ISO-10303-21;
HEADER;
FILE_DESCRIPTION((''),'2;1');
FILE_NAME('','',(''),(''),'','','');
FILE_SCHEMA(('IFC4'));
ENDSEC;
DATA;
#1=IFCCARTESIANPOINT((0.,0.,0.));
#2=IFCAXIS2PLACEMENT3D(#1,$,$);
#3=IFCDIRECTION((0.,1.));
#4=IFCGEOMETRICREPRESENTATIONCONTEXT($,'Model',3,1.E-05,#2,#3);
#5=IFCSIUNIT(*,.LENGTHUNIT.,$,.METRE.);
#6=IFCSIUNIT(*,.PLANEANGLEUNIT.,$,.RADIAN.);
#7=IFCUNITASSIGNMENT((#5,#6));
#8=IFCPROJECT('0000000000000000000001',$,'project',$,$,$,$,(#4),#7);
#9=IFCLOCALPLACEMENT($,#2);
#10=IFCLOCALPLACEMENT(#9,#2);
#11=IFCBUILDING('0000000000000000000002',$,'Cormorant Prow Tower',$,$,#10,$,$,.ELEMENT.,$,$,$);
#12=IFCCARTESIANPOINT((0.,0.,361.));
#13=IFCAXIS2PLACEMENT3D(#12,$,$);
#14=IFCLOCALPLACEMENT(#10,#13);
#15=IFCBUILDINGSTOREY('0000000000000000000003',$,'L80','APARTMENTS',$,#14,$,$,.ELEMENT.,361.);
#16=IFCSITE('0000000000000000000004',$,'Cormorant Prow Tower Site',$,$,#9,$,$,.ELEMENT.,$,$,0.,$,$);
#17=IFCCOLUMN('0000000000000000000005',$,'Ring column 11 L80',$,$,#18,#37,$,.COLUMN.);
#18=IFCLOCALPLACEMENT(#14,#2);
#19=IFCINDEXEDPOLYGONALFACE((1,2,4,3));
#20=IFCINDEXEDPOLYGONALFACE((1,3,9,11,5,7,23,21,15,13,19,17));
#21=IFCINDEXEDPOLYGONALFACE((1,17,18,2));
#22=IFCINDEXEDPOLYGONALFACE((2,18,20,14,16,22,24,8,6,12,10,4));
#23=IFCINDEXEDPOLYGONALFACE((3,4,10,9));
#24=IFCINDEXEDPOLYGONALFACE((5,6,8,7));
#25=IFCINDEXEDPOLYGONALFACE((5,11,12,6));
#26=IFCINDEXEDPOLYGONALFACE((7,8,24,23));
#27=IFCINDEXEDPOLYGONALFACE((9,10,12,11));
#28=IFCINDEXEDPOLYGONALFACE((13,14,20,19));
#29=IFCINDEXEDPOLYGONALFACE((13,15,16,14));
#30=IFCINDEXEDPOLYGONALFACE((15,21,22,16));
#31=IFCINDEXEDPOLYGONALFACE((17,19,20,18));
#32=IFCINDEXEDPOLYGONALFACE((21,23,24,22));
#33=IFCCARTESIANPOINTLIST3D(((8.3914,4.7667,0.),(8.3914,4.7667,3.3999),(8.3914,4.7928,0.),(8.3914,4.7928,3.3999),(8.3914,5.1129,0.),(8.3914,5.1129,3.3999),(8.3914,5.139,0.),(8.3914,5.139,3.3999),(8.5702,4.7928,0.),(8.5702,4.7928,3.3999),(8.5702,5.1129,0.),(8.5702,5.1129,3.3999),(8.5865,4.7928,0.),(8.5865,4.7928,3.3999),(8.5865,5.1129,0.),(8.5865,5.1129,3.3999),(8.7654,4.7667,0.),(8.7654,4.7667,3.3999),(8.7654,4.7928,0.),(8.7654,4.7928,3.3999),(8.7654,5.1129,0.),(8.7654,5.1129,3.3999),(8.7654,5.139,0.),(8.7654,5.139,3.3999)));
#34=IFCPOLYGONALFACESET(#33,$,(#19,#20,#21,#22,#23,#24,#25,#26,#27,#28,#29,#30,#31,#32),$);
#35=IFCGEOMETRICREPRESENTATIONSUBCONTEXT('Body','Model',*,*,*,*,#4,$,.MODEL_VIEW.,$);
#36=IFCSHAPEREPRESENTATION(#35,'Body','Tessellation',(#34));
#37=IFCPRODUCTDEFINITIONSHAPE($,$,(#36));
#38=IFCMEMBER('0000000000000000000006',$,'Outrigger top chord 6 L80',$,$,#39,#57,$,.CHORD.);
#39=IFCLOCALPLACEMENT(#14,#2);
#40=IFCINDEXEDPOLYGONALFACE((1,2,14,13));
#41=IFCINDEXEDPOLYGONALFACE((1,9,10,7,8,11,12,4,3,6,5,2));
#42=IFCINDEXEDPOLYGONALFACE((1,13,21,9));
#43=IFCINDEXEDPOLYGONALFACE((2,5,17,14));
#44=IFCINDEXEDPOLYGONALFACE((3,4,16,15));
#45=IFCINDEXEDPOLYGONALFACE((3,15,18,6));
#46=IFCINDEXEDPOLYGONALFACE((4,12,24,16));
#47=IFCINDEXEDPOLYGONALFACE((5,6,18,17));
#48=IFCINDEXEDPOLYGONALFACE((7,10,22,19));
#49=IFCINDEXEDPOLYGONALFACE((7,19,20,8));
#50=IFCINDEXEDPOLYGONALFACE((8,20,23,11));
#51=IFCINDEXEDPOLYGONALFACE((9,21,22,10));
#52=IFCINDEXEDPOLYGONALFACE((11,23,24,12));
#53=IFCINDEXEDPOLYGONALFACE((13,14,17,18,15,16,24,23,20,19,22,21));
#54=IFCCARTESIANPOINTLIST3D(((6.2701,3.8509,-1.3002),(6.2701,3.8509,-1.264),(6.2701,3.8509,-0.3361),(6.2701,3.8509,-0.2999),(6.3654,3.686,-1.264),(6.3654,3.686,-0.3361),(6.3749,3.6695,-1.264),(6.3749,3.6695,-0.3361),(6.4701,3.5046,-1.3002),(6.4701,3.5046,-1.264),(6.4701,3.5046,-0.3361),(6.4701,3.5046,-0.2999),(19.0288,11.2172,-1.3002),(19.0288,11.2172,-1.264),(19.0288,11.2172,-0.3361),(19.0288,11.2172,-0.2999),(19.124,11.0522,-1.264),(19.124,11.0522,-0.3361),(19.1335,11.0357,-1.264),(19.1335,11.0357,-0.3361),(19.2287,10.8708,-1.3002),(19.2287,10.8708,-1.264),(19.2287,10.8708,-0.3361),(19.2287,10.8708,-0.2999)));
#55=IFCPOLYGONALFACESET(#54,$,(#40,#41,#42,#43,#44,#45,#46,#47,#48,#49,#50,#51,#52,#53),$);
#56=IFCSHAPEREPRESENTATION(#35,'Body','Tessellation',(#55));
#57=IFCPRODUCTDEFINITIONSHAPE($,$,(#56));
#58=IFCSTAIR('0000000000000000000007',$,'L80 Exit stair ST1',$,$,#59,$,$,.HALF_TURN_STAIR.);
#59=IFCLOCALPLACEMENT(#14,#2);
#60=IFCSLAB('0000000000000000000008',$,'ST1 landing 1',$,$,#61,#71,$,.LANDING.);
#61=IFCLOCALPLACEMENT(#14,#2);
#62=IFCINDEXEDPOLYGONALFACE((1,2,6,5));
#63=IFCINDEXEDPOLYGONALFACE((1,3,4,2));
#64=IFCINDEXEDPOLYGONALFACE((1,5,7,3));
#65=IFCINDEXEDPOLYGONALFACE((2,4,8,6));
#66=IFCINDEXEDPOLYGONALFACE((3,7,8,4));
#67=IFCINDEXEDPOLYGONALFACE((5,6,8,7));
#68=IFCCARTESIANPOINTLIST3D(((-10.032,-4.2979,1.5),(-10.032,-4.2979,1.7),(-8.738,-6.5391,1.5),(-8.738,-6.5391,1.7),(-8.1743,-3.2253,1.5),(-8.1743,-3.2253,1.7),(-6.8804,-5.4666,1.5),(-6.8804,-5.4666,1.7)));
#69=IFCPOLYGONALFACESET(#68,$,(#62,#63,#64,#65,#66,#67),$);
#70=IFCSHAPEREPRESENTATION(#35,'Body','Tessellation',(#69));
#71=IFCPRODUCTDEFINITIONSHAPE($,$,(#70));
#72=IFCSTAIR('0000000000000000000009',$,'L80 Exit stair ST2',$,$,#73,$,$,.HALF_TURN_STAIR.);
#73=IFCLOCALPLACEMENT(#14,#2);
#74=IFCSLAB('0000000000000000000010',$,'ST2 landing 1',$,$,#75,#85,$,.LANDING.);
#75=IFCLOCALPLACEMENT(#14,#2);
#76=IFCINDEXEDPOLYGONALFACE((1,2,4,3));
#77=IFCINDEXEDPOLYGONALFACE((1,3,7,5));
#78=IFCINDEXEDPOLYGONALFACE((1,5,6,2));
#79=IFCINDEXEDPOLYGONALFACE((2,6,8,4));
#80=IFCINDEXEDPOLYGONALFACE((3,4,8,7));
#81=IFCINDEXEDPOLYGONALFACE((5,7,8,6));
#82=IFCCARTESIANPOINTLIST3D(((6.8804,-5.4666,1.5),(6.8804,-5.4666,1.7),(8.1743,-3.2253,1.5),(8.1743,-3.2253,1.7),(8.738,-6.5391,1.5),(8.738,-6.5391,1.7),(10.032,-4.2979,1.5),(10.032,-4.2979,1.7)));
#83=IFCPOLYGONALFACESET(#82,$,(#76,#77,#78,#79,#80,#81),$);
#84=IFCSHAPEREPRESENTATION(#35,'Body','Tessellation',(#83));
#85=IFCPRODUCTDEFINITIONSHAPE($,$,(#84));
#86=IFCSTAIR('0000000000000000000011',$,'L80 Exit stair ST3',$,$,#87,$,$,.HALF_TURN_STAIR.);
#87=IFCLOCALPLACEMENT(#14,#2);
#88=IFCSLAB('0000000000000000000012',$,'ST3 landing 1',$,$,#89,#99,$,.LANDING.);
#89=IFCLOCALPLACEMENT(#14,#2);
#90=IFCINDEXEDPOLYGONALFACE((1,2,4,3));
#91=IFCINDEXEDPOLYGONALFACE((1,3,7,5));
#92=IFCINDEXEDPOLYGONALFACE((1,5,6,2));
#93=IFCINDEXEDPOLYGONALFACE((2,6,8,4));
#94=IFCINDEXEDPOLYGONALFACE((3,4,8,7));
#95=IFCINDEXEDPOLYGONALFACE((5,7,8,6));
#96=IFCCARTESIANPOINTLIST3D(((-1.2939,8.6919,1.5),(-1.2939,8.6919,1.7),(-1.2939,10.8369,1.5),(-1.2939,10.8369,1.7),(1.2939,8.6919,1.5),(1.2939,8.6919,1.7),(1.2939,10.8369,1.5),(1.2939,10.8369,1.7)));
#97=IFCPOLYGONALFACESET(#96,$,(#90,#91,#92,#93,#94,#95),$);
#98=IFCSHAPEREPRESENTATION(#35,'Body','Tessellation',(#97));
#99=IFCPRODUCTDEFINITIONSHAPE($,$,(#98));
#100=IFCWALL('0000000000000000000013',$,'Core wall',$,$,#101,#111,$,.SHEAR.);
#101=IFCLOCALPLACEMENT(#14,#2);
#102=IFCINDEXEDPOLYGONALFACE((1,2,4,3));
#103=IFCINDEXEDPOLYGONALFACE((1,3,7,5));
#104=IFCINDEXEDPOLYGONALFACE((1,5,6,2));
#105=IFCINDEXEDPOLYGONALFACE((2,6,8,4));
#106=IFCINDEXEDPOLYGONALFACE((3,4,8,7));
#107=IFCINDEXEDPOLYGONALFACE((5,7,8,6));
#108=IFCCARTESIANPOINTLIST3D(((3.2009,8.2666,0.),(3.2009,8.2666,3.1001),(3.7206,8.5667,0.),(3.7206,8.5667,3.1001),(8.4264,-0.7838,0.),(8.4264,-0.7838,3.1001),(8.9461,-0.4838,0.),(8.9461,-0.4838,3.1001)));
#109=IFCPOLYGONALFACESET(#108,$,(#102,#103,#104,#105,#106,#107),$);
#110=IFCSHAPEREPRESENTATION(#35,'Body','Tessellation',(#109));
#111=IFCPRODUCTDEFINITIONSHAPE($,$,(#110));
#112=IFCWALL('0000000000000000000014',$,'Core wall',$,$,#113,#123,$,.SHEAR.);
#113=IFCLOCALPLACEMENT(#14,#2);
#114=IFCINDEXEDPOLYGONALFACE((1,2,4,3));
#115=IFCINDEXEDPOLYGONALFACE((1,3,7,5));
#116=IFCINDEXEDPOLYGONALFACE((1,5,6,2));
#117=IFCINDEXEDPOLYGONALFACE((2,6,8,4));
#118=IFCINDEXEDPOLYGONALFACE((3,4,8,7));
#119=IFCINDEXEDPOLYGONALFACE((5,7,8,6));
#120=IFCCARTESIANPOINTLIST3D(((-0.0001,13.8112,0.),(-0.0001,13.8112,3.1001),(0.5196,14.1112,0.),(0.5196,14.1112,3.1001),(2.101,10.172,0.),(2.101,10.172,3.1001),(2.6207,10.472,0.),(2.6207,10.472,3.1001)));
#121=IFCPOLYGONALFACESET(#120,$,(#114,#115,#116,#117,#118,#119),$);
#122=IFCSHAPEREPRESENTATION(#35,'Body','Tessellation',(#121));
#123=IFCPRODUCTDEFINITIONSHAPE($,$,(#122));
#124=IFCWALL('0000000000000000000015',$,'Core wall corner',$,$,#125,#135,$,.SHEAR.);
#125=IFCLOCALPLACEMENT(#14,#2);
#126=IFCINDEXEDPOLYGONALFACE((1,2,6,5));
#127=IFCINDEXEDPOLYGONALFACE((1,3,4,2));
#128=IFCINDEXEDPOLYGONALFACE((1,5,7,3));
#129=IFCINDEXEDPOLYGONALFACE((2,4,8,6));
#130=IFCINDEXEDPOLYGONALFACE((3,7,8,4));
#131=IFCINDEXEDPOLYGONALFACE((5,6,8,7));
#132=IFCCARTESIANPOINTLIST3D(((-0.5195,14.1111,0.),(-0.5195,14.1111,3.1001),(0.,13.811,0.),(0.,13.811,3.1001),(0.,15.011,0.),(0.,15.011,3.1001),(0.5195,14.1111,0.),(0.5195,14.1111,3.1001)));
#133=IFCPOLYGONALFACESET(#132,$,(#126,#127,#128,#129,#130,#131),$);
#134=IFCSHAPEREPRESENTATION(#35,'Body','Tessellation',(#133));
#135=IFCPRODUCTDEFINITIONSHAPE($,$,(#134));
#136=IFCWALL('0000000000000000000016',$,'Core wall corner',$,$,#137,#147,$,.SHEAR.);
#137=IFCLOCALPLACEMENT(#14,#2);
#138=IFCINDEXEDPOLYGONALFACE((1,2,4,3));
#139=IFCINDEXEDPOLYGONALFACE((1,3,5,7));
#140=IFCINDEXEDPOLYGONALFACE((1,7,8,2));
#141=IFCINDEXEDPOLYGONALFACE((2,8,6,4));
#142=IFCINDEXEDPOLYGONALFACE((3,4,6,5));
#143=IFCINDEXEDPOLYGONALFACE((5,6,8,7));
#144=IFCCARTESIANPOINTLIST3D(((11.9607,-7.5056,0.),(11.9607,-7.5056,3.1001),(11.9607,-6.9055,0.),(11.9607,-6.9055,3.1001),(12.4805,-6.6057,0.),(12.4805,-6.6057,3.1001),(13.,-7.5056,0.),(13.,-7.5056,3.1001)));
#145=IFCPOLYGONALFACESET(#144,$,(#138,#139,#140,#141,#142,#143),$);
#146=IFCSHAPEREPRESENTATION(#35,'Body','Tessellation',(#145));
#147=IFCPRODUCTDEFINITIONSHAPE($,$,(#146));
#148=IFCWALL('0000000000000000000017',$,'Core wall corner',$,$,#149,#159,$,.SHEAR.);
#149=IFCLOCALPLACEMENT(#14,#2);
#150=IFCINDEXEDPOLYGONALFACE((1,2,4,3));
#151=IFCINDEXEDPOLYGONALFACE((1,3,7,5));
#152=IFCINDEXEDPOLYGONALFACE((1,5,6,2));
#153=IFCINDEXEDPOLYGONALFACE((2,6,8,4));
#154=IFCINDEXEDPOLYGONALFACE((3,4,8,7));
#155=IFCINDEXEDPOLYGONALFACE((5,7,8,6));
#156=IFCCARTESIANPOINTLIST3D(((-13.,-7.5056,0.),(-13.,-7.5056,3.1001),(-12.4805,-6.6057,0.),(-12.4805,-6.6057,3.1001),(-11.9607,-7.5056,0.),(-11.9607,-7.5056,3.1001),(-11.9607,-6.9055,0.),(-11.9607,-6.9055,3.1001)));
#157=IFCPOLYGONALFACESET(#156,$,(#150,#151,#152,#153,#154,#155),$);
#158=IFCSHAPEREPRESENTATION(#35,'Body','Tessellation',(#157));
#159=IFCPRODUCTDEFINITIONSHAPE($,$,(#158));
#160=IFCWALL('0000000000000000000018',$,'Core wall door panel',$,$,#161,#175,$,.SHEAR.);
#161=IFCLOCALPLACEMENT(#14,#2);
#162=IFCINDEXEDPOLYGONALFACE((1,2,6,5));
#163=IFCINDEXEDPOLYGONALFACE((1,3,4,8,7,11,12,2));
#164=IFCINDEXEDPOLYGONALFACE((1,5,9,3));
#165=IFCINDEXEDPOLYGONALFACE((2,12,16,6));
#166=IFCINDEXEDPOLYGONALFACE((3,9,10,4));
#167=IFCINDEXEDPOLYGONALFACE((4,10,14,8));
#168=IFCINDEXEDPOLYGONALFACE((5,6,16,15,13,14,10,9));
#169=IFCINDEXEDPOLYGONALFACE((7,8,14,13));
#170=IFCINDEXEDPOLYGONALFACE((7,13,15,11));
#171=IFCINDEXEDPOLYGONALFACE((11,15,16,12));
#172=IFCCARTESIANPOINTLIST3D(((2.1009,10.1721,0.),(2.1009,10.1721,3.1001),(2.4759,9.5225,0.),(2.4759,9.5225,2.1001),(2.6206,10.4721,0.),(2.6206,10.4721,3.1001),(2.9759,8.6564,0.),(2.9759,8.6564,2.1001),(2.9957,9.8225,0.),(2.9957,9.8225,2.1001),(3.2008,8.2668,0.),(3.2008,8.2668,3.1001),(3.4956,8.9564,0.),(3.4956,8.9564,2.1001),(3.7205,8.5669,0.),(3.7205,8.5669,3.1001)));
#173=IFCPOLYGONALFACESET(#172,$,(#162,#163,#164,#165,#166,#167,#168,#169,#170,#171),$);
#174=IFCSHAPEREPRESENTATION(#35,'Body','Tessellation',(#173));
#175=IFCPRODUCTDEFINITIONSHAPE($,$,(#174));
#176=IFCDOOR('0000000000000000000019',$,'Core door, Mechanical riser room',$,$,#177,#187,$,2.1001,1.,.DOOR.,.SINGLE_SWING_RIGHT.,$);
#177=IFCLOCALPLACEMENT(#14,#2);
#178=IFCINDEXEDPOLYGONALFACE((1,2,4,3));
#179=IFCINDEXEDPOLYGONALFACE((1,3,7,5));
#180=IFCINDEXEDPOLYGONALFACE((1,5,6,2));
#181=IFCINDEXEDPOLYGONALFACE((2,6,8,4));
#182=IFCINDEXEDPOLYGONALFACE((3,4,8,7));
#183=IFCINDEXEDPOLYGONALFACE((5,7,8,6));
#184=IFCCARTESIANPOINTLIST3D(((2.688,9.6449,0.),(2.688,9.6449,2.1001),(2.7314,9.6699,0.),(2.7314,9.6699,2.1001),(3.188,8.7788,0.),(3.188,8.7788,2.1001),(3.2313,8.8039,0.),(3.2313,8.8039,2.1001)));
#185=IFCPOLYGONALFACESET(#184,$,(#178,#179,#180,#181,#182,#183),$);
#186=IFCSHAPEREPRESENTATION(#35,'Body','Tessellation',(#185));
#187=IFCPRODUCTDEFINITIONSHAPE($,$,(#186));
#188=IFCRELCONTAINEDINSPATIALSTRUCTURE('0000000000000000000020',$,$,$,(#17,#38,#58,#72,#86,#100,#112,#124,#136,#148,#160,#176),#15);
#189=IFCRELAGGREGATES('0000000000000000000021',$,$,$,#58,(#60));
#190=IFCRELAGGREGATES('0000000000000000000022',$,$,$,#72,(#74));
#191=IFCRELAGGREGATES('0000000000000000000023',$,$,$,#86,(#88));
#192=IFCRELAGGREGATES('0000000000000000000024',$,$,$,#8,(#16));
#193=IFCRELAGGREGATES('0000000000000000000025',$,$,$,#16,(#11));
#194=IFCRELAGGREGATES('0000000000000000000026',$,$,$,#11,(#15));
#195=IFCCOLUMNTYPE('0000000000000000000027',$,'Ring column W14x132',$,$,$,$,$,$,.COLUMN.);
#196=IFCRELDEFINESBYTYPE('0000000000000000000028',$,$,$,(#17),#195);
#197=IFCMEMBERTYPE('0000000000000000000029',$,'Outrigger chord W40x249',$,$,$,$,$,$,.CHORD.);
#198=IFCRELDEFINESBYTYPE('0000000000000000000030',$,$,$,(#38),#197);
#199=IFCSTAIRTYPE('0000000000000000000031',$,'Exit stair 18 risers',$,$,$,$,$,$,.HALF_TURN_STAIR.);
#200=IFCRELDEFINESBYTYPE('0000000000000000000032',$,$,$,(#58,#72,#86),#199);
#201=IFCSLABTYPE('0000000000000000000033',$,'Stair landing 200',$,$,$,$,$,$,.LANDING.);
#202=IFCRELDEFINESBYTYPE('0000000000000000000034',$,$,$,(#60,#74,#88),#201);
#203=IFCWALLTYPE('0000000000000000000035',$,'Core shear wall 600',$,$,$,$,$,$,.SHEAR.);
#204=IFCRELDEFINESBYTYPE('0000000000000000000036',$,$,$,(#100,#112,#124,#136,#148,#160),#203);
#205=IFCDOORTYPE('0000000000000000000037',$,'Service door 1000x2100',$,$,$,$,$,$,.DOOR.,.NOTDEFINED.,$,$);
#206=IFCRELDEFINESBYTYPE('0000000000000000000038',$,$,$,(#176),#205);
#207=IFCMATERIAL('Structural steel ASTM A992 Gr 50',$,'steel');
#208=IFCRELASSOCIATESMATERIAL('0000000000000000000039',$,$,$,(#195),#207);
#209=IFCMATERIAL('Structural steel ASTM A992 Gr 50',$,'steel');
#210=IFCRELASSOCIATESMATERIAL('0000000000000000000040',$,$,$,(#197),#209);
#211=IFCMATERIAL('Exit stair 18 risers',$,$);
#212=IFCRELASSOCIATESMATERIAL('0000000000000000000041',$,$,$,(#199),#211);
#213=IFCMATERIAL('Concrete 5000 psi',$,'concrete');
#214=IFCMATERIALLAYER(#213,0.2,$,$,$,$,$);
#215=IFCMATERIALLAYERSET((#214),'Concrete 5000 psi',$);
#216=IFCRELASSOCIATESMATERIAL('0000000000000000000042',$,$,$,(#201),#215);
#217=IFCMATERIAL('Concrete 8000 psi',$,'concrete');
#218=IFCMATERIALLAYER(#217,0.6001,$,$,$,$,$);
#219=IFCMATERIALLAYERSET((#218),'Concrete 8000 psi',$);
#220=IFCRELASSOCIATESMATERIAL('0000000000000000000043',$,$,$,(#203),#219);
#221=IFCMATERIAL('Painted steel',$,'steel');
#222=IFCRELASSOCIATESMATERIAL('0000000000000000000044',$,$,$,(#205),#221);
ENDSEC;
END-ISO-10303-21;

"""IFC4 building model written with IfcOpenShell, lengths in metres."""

from ifc_helpers import new_model, si_unit, direction, frame, frame_2d, origin, origin_2d, place, context, subcontext, project, spatial, polyline, rectangle, i_section, outline, extrude, material, layer, layer_set, material_profile, profile_set, type_object, element, fill, aggregate, save


model = new_model("IFC4")

# Units and contexts
model_context = context("Model", 3, precision=1e-05, world=origin(), true_north=direction((0.0, 1.0)))
body_context = subcontext(model_context, "Body", "Model", "MODEL_VIEW")
ifc_project = project(units=[si_unit("LENGTHUNIT", "METRE"), si_unit("PLANEANGLEUNIT", "RADIAN")], contexts=[model_context])

# Site, building, storey
site_placement = place(None, origin())
site = spatial("IfcSite", under=ifc_project, at=site_placement, Name="Cormorant Prow Tower Site", CompositionType="ELEMENT", RefElevation=0.0)
building_placement = place(site_placement, origin())
building = spatial("IfcBuilding", under=site, at=building_placement, Name="Cormorant Prow Tower", CompositionType="ELEMENT")
storey_placement = place(building_placement, frame((0.0, 0.0, 361.0)))
storey = spatial("IfcBuildingStorey", under=building, at=storey_placement, Name="L80", Description="APARTMENTS", CompositionType="ELEMENT", Elevation=361.0)

# Column
ifc_material_1 = material(Name="Structural steel ASTM A992 Gr 50", Category="steel")
ifc_material_profile_1 = material_profile(ifc_material_1, i_section(OverallWidth=0.374, OverallDepth=0.3723, WebThickness=0.0164, FlangeThickness=0.0261, at=origin_2d()), Name="W14x132")
ifc_profile_set_1 = profile_set([ifc_material_profile_1], Name="Structural steel ASTM A992 Gr 50")
column_type = type_object("IfcColumnType", Name="Ring column W14x132", PredefinedType="COLUMN", material=ifc_profile_set_1)
column_placement = place(storey_placement, frame((8.5784, 4.9529, 0.0), z_axis=(0.0, 0.0, 1.0), x_axis=(1.0, 0.0, 0.0)))
element("IfcColumn", 1, at=column_placement, inside=storey, type_object=column_type, Name="Ring column 11 L80", PredefinedType="COLUMN", context=body_context, shape_type="SweptSolid", body=[
    extrude(i_section(OverallWidth=0.374, OverallDepth=0.3723, WebThickness=0.0164, FlangeThickness=0.0261, at=origin_2d()), origin(), (0.0, 0.0, 1.0), 3.3999),
])

# Member
ifc_material_2 = material(Name="Structural steel ASTM A992 Gr 50", Category="steel")
ifc_material_profile_2 = material_profile(ifc_material_2, i_section(OverallWidth=0.3999, OverallDepth=1.0002, WebThickness=0.019, FlangeThickness=0.0361, at=origin_2d()), Name="W40x249")
ifc_profile_set_2 = profile_set([ifc_material_profile_2], Name="Structural steel ASTM A992 Gr 50")
member_type = type_object("IfcMemberType", Name="Outrigger chord W40x249", PredefinedType="CHORD", material=ifc_profile_set_2)
member_placement = place(storey_placement, frame((6.3701, 3.6777, -0.8), z_axis=(0.866024, 0.500003, 0.0), x_axis=(-0.500003, 0.866024, 0.0)))
element("IfcMember", 2, at=member_placement, inside=storey, type_object=member_type, Name="Outrigger top chord 6 L80", PredefinedType="CHORD", context=body_context, shape_type="SweptSolid", body=[
    extrude(i_section(OverallWidth=0.3999, OverallDepth=1.0002, WebThickness=0.019, FlangeThickness=0.0361, at=origin_2d()), origin(), (0.0, 0.0, 1.0), 14.7324),
])

# Stairs, slabs
ifc_material_3 = material(Name="Exit stair 18 risers")
stair_type = type_object("IfcStairType", Name="Exit stair 18 risers", PredefinedType="HALF_TURN_STAIR", material=ifc_material_3)
stair_1_placement = place(storey_placement, origin())
stair_1 = element("IfcStair", 3, at=stair_1_placement, inside=storey, type_object=stair_type, Name="L80 Exit stair ST1", PredefinedType="HALF_TURN_STAIR")
ifc_material_4 = material(Name="Concrete 5000 psi", Category="concrete")
ifc_layer_1 = layer(ifc_material_4, 0.2)
ifc_layer_set_1 = layer_set([ifc_layer_1], Name="Concrete 5000 psi")
slab_type = type_object("IfcSlabType", Name="Stair landing 200", PredefinedType="LANDING", material=ifc_layer_set_1)
slab_1_placement = place(storey_placement, frame((0.0, 0.0, 1.5)))
slab_1 = element("IfcSlab", 4, at=slab_1_placement, type_object=slab_type, Name="ST1 landing 1", PredefinedType="LANDING", context=body_context, shape_type="SweptSolid", body=[
    extrude(outline(polyline([(-8.1743, -3.2253), (-10.032, -4.2979), (-8.738, -6.5391), (-6.8804, -5.4666), (-8.1743, -3.2253)])), origin(), (0.0, 0.0, 1.0), 0.2),
])
aggregate(stair_1, [slab_1])
stair_2_placement = place(storey_placement, origin())
stair_2 = element("IfcStair", 5, at=stair_2_placement, inside=storey, type_object=stair_type, Name="L80 Exit stair ST2", PredefinedType="HALF_TURN_STAIR")
slab_2_placement = place(storey_placement, frame((0.0, 0.0, 1.5)))
slab_2 = element("IfcSlab", 6, at=slab_2_placement, type_object=slab_type, Name="ST2 landing 1", PredefinedType="LANDING", context=body_context, shape_type="SweptSolid", body=[
    extrude(outline(polyline([(6.8804, -5.4666), (8.738, -6.5391), (10.032, -4.2979), (8.1743, -3.2253), (6.8804, -5.4666)])), origin(), (0.0, 0.0, 1.0), 0.2),
])
aggregate(stair_2, [slab_2])
stair_3_placement = place(storey_placement, origin())
stair_3 = element("IfcStair", 7, at=stair_3_placement, inside=storey, type_object=stair_type, Name="L80 Exit stair ST3", PredefinedType="HALF_TURN_STAIR")
slab_3_placement = place(storey_placement, frame((0.0, 0.0, 1.5)))
slab_3 = element("IfcSlab", 8, at=slab_3_placement, type_object=slab_type, Name="ST3 landing 1", PredefinedType="LANDING", context=body_context, shape_type="SweptSolid", body=[
    extrude(outline(polyline([(1.2939, 8.6919), (1.2939, 10.8369), (-1.2939, 10.8369), (-1.2939, 8.6919), (1.2939, 8.6919)])), origin(), (0.0, 0.0, 1.0), 0.2),
])

# Walls
ifc_material_5 = material(Name="Concrete 8000 psi", Category="concrete")
ifc_layer_2 = layer(ifc_material_5, 0.6001)
ifc_layer_set_2 = layer_set([ifc_layer_2], Name="Concrete 8000 psi")
wall_type_1 = type_object("IfcWallType", Name="Core shear wall 600", PredefinedType="SHEAR", material=ifc_layer_set_2)
wall_1_placement = place(storey_placement, frame((8.6863, -0.6338, 0.0), z_axis=(0.0, 0.0, 1.0), x_axis=(-0.500018, 0.866015, 0.0)))
element("IfcWall", 9, at=wall_1_placement, inside=storey, type_object=wall_type_1, Name="Core wall", PredefinedType="SHEAR", context=body_context, shape_type="SweptSolid", body=[
    extrude(rectangle(XDim=10.4507, YDim=0.6001, at=frame_2d((5.2253, 0.0))), origin(), (0.0, 0.0, 1.0), 3.1001),
])
wall_2_placement = place(storey_placement, frame((2.3608, 10.322, 0.0), z_axis=(0.0, 0.0, 1.0), x_axis=(-0.500001, 0.866025, 0.0)))
element("IfcWall", 10, at=wall_2_placement, inside=storey, type_object=wall_type_1, Name="Core wall", PredefinedType="SHEAR", context=body_context, shape_type="SweptSolid", body=[
    extrude(rectangle(XDim=4.2021, YDim=0.6001, at=frame_2d((2.1011, 0.0))), origin(), (0.0, 0.0, 1.0), 3.1001),
])
wall_3_placement = place(storey_placement, origin())
element("IfcWall", 11, at=wall_3_placement, inside=storey, type_object=wall_type_1, Name="Core wall corner", PredefinedType="SHEAR", context=body_context, shape_type="SweptSolid", body=[
    extrude(outline(polyline([(0.0, 13.811), (-0.5195, 14.1111), (0.0, 15.011), (0.5195, 14.1111), (0.0, 13.811)])), origin(), (0.0, 0.0, 1.0), 3.1001),
])
wall_4_placement = place(storey_placement, origin())
element("IfcWall", 12, at=wall_4_placement, inside=storey, type_object=wall_type_1, Name="Core wall corner", PredefinedType="SHEAR", context=body_context, shape_type="SweptSolid", body=[
    extrude(outline(polyline([(11.9607, -7.5056), (11.9607, -6.9055), (12.4805, -6.6057), (13.0, -7.5056), (11.9607, -7.5056)])), origin(), (0.0, 0.0, 1.0), 3.1001),
])
wall_5_placement = place(storey_placement, origin())
element("IfcWall", 13, at=wall_5_placement, inside=storey, type_object=wall_type_1, Name="Core wall corner", PredefinedType="SHEAR", context=body_context, shape_type="SweptSolid", body=[
    extrude(outline(polyline([(-12.4805, -6.6057), (-11.9607, -6.9055), (-11.9607, -7.5056), (-13.0, -7.5056), (-12.4805, -6.6057)])), origin(), (0.0, 0.0, 1.0), 3.1001),
])

# Wall, opening, door
wall_6_placement = place(storey_placement, frame((3.4607, 8.4167, 0.0), z_axis=(0.0, 0.0, 1.0), x_axis=(-0.499947, 0.866056, 0.0)))
wall_6 = element("IfcWall", 14, at=wall_6_placement, inside=storey, type_object=wall_type_1, Name="Core wall door panel", PredefinedType="SHEAR", context=body_context, shape_type="SweptSolid", body=[
    extrude(rectangle(XDim=2.2, YDim=0.6001, at=frame_2d((1.1001, 0.0))), origin(), (0.0, 0.0, 1.0), 3.1001),
])
opening_1_placement = place(wall_6_placement, frame((0.45, 0.0, 0.0)))
opening_1 = element("IfcOpeningElement", 15, at=opening_1_placement, cuts=wall_6, PredefinedType="OPENING", context=body_context, shape_type="SweptSolid", body=[
    extrude(rectangle(XDim=1.0, YDim=2.1001, at=frame_2d((0.5, 1.05))), frame((0.0, 0.3101, 0.0), z_axis=(0.0, -1.0, 0.0), x_axis=(1.0, 0.0, 0.0)), (0.0, 0.0, 1.0), 0.6201),
])
ifc_material_6 = material(Name="Painted steel", Category="steel")
door_type_1 = type_object("IfcDoorType", Name="Service door 1000x2100", OperationType="NOTDEFINED", PredefinedType="DOOR", material=ifc_material_6)
door_1_placement = place(opening_1_placement, origin())
door_1 = element("IfcDoor", 16, at=door_1_placement, inside=storey, type_object=door_type_1, Name="Core door, Mechanical riser room", OperationType="SINGLE_SWING_RIGHT", OverallHeight=2.1001, OverallWidth=1.0, PredefinedType="DOOR", context=body_context, shape_type="SweptSolid", body=[
    extrude(rectangle(XDim=1.0, YDim=2.1001, at=frame_2d((0.5, 1.05))), frame((0.0, 0.0552, 0.0), z_axis=(0.0, -1.0, 0.0), x_axis=(1.0, 0.0, 0.0)), (0.0, 0.0, 1.0), 0.05),
])
fill(opening_1, door_1)

aggregate(stair_3, [slab_3])

save(model, "model.ifc")
